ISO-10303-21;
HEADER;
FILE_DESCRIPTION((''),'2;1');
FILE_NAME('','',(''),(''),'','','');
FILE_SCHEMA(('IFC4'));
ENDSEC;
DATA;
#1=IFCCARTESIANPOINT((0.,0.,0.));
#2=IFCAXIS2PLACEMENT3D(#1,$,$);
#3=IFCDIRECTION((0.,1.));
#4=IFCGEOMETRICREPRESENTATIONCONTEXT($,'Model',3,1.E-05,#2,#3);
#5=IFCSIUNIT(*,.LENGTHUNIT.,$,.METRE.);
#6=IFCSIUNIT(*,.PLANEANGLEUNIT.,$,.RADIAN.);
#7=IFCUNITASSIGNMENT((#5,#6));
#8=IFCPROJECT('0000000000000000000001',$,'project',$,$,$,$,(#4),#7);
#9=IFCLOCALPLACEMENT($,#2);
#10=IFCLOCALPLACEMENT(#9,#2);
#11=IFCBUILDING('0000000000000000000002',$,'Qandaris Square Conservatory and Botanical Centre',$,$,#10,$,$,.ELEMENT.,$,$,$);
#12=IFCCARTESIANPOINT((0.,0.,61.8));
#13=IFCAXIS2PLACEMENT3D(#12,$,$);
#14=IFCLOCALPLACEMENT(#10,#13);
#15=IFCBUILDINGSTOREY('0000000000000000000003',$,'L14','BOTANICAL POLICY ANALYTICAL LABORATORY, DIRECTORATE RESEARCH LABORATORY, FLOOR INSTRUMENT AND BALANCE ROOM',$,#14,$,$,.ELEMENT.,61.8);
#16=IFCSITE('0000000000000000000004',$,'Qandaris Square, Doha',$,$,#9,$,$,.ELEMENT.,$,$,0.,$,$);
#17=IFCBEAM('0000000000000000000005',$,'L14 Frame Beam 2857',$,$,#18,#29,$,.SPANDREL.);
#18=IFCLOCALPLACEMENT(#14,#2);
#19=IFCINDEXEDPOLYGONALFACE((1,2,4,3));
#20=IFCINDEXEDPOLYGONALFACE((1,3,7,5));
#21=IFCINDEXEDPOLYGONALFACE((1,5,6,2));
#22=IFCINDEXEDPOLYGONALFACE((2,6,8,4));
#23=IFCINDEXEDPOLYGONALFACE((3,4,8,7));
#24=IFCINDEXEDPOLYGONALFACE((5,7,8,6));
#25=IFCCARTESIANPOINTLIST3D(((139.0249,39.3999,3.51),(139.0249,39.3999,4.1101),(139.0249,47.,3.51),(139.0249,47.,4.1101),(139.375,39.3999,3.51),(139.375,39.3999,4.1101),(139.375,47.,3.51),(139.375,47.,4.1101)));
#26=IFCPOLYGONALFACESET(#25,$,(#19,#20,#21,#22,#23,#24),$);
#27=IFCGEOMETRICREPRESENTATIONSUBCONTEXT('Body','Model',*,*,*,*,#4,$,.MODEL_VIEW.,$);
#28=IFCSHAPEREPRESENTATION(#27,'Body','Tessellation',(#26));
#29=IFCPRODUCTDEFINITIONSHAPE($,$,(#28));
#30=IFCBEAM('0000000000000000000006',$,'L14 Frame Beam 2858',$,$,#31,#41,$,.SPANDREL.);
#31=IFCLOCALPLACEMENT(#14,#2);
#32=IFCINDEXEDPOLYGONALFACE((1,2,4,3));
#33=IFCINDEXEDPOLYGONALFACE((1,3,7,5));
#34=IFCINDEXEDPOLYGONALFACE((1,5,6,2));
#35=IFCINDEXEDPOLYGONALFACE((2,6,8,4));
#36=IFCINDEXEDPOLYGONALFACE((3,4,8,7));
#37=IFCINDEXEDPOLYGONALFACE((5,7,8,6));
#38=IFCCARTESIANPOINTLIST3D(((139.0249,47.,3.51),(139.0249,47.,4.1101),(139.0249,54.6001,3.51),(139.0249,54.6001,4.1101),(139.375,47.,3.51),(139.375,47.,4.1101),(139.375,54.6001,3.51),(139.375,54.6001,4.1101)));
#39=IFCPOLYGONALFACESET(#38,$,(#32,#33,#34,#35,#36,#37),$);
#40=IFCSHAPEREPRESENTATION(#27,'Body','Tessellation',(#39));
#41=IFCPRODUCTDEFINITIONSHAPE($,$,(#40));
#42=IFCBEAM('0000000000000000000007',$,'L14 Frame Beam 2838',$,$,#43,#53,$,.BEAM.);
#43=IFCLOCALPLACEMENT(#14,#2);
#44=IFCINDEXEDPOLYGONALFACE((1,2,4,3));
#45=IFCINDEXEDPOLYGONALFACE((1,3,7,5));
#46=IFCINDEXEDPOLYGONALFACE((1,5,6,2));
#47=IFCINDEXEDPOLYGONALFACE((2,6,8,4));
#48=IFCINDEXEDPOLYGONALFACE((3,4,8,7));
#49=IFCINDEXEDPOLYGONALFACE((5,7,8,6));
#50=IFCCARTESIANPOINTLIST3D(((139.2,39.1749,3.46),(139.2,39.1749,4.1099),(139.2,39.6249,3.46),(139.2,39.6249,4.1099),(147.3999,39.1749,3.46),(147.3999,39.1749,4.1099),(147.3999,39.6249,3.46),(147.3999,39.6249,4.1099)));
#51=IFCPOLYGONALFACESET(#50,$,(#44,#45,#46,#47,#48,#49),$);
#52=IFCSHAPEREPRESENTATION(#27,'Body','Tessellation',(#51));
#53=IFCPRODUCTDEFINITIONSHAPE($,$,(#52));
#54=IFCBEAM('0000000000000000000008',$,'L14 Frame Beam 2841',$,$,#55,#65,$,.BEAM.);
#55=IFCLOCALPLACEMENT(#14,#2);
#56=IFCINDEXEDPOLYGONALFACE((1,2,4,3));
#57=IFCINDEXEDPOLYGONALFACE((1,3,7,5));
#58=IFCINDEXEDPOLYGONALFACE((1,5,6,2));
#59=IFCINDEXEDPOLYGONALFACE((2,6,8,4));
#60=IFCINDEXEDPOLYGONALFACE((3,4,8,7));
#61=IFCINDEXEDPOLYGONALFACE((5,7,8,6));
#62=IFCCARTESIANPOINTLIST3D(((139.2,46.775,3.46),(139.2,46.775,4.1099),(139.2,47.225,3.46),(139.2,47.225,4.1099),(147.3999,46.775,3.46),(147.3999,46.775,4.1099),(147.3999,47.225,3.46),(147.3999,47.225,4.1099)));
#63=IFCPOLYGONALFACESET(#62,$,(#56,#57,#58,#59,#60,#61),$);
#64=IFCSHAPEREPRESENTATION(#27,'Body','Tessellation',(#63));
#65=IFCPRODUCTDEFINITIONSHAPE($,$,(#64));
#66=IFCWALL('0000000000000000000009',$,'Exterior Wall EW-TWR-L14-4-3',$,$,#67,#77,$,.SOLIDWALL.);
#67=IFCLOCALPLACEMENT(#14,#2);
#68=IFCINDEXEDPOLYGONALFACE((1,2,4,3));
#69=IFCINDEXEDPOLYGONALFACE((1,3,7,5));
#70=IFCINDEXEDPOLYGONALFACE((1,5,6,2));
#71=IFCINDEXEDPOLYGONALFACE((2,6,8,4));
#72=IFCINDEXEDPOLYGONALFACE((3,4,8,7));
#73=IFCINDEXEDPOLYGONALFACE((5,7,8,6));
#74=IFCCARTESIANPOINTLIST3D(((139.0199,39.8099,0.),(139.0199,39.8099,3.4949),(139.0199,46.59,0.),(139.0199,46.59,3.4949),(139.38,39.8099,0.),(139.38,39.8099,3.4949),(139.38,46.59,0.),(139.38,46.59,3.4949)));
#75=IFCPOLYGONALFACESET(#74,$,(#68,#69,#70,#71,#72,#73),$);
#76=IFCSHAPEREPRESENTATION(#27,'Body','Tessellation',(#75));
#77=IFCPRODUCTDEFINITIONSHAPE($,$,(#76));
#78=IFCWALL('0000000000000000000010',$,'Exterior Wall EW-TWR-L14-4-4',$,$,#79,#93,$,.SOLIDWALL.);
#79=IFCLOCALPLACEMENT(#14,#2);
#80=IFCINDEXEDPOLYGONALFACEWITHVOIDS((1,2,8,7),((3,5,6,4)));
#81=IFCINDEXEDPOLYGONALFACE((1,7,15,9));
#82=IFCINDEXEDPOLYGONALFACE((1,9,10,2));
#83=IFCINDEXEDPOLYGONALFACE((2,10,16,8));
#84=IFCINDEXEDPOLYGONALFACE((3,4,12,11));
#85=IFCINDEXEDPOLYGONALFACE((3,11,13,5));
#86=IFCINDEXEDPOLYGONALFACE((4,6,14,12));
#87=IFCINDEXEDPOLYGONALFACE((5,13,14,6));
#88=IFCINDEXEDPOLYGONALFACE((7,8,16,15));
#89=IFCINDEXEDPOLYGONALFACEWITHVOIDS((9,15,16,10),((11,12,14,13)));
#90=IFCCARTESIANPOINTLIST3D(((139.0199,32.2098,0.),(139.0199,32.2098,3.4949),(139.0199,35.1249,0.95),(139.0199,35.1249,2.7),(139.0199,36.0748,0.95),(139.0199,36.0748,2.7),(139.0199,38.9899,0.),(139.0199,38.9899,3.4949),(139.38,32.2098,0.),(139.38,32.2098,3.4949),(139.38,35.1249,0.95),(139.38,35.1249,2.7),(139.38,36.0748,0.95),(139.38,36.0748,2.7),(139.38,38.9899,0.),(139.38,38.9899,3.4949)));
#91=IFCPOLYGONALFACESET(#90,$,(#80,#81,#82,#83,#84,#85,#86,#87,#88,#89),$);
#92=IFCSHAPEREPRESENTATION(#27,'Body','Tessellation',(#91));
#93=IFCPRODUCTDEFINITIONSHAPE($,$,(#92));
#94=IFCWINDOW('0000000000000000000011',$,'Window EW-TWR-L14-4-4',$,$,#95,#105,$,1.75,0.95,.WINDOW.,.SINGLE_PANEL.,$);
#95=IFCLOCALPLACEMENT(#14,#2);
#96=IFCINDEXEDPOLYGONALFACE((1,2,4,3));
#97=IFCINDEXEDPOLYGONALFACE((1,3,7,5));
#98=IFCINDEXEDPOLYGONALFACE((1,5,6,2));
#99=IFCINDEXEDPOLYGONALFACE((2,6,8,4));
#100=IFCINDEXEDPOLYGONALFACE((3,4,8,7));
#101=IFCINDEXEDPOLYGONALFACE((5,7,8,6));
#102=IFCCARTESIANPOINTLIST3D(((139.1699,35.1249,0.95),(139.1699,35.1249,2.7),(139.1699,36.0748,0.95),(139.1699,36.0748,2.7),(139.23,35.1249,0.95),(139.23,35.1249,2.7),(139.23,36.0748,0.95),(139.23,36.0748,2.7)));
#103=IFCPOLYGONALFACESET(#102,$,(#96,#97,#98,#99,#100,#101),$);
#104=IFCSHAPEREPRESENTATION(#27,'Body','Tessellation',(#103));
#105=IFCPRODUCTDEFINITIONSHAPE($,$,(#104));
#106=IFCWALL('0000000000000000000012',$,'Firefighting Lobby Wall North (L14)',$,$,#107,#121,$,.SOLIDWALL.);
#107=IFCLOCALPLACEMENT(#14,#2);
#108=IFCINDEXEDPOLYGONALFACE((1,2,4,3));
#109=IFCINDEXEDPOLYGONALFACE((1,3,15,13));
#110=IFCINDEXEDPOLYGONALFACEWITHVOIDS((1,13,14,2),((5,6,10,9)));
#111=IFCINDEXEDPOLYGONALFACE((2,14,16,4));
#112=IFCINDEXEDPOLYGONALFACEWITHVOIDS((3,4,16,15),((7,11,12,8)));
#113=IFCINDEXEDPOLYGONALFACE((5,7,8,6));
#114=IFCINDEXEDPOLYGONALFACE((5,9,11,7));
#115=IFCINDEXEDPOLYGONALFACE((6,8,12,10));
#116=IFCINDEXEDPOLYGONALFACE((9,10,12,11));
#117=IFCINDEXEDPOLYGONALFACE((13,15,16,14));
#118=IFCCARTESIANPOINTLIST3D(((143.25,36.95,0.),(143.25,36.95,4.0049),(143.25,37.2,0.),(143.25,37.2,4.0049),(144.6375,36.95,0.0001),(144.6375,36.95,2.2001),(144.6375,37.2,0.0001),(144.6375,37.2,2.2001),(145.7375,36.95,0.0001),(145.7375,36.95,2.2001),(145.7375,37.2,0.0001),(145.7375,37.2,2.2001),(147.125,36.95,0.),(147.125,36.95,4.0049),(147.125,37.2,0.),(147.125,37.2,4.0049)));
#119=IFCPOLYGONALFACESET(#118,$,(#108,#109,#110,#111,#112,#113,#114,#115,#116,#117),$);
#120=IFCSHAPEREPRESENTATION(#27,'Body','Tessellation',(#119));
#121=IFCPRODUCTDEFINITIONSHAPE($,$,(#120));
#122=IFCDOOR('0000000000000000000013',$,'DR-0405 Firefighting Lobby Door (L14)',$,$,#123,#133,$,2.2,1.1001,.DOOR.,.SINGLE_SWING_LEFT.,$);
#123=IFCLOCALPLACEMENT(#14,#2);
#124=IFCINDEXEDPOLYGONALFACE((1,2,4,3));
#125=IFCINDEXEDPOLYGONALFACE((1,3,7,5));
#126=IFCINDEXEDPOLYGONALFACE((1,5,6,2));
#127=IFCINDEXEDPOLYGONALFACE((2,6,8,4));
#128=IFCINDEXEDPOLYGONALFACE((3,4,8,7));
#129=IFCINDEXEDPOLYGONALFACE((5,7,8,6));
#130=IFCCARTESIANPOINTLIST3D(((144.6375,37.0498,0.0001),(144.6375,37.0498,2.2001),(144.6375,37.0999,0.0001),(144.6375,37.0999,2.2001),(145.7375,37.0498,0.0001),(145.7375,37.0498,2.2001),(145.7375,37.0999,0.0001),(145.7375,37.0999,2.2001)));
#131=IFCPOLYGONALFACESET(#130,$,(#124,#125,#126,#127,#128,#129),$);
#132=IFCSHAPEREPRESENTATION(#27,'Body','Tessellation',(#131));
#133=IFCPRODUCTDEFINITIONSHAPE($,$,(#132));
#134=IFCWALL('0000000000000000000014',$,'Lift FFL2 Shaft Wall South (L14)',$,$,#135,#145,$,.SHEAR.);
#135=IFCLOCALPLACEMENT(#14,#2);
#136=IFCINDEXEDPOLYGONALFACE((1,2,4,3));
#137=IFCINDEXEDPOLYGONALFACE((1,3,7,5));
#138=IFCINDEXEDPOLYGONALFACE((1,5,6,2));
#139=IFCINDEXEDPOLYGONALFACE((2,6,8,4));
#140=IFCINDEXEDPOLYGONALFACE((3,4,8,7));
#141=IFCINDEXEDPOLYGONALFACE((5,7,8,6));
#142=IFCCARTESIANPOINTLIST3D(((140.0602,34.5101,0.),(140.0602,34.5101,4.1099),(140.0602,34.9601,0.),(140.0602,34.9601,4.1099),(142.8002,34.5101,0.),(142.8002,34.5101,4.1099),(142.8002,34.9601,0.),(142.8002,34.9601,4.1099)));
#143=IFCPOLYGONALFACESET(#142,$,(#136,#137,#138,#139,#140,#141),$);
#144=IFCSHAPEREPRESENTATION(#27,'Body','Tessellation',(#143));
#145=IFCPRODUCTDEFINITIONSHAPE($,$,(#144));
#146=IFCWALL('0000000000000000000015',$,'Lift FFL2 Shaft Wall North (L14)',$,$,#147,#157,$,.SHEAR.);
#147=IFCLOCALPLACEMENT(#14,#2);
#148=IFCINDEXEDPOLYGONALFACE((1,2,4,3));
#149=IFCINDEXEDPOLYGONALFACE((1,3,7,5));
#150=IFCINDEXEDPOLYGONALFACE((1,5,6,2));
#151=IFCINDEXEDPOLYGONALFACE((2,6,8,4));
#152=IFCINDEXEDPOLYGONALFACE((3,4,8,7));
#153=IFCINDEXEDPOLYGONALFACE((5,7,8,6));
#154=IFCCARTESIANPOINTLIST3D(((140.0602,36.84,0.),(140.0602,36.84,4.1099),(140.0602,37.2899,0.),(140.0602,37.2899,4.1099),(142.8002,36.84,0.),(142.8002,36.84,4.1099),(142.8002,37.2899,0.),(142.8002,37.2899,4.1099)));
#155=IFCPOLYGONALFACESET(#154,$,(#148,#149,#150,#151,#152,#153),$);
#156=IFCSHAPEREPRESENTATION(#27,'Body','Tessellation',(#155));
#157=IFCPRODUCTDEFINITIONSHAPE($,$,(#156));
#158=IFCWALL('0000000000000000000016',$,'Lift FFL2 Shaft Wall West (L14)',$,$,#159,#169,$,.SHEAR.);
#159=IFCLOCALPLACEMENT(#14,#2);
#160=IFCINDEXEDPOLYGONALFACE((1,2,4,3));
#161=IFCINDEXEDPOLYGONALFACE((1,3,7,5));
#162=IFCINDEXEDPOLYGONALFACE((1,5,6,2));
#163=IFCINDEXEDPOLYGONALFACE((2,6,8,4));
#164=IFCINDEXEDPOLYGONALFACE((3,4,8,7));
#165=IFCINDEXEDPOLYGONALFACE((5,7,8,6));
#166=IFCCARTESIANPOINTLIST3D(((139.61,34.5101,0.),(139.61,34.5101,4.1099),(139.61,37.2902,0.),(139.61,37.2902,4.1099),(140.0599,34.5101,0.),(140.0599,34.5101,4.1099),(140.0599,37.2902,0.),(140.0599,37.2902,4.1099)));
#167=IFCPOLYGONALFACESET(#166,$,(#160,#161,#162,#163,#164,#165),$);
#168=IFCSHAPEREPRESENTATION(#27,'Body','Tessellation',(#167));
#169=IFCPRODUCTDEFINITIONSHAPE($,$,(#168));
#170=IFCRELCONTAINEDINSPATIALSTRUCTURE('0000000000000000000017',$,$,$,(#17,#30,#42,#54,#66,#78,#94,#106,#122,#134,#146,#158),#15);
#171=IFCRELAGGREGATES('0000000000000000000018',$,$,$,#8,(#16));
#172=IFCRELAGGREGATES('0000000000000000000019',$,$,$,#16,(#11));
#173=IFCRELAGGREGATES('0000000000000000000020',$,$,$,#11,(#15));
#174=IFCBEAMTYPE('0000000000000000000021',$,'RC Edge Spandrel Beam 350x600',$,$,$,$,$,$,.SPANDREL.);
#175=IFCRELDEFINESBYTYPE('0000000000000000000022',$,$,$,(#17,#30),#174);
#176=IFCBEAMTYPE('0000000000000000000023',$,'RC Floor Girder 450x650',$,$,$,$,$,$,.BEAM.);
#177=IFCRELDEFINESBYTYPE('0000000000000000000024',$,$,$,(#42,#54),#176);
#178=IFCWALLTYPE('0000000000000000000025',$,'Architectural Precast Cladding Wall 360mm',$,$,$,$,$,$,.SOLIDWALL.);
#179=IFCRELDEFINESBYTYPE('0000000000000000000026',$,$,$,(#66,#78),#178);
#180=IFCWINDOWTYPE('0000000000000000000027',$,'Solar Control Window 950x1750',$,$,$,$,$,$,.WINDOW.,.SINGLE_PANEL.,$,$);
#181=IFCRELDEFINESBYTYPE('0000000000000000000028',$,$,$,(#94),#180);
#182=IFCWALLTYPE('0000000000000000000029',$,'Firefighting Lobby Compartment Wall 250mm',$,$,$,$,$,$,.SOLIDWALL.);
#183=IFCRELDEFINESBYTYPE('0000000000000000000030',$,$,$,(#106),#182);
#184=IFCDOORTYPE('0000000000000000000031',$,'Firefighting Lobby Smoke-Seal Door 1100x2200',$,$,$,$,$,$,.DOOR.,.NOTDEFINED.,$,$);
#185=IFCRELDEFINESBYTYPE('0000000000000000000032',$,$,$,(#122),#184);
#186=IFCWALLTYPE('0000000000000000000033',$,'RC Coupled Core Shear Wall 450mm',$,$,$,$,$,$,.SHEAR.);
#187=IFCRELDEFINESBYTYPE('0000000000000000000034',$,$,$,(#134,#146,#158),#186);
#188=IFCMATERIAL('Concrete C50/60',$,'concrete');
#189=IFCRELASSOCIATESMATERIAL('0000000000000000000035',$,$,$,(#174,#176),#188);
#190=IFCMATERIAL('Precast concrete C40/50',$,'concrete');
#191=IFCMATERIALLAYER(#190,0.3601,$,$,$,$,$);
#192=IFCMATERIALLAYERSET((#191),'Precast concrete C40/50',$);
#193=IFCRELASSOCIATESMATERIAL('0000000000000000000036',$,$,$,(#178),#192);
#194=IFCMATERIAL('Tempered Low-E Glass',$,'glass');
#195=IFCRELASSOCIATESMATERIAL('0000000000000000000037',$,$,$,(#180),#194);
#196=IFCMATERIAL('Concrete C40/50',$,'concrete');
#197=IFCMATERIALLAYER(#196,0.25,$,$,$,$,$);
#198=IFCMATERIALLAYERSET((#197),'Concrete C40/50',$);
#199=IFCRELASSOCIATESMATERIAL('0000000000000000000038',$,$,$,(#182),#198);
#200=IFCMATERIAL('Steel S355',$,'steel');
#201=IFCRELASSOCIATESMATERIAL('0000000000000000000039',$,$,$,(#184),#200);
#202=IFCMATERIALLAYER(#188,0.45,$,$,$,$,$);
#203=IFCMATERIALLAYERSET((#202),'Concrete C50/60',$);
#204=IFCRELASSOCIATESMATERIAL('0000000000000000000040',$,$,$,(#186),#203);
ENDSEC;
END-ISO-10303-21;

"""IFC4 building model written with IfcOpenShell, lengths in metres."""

from ifc_helpers import new_model, si_unit, direction, frame, frame_2d, origin, origin_2d, place, context, subcontext, project, spatial, rectangle, extrude, material, layer, layer_set, material_profile, profile_set, type_object, element, fill, save


model = new_model("IFC4")

# Units and contexts
model_context = context("Model", 3, precision=1e-05, world=origin(), true_north=direction((0.0, 1.0)))
body_context = subcontext(model_context, "Body", "Model", "MODEL_VIEW")
ifc_project = project(units=[si_unit("LENGTHUNIT", "METRE"), si_unit("PLANEANGLEUNIT", "RADIAN")], contexts=[model_context])

# Site, building, storey
site_placement = place(None, origin())
site = spatial("IfcSite", under=ifc_project, at=site_placement, Name="Qandaris Square, Doha", CompositionType="ELEMENT", RefElevation=0.0)
building_placement = place(site_placement, origin())
building = spatial("IfcBuilding", under=site, at=building_placement, Name="Qandaris Square Conservatory and Botanical Centre", CompositionType="ELEMENT")
storey_placement = place(building_placement, frame((0.0, 0.0, 61.8)))
storey = spatial("IfcBuildingStorey", under=building, at=storey_placement, Name="L14", Description="BOTANICAL POLICY ANALYTICAL LABORATORY, DIRECTORATE RESEARCH LABORATORY, FLOOR INSTRUMENT AND BALANCE ROOM", CompositionType="ELEMENT", Elevation=61.8)

# Beams
ifc_material_1 = material(Name="Concrete C50/60", Category="concrete")
ifc_material_profile_1 = material_profile(ifc_material_1, rectangle(XDim=0.3501, YDim=0.6001, at=origin_2d()), Name="RC-SP 350x600")
ifc_profile_set_1 = profile_set([ifc_material_profile_1], Name="Concrete C50/60")
beam_type_1 = type_object("IfcBeamType", Name="RC Edge Spandrel Beam 350x600", PredefinedType="SPANDREL", material=ifc_profile_set_1)
for number, where, z_axis, x_axis, name in (
    (1, (139.2, 39.3999, 3.8101), (0.0, 1.0, 0.0), (-1.0, 0.0, 0.0), "L14 Frame Beam 2857"),
    (2, (139.2, 47.0, 3.8101), (0.0, 1.0, 0.0), (-1.0, 0.0, 0.0), "L14 Frame Beam 2858"),
):
    element("IfcBeam", number, at=place(storey_placement, frame(where, z_axis=z_axis, x_axis=x_axis)), inside=storey, type_object=beam_type_1, Name=name, PredefinedType="SPANDREL", context=body_context, shape_type="SweptSolid", body=[
        extrude(rectangle(XDim=0.3501, YDim=0.6001, at=origin_2d()), origin(), (0.0, 0.0, 1.0), 7.6001),
    ])
ifc_material_profile_2 = material_profile(ifc_material_1, rectangle(XDim=0.45, YDim=0.6499, at=origin_2d()), Name="RC-BM 450x650")
ifc_profile_set_2 = profile_set([ifc_material_profile_2], Name="Concrete C50/60")
beam_type_2 = type_object("IfcBeamType", Name="RC Floor Girder 450x650", PredefinedType="BEAM", material=ifc_profile_set_2)
for number, where, z_axis, x_axis, name in (
    (3, (139.2, 39.3999, 3.7849), (1.0, 0.0, 0.0), (0.0, 1.0, 0.0), "L14 Frame Beam 2838"),
    (4, (139.2, 47.0, 3.7849), (1.0, 0.0, 0.0), (0.0, 1.0, 0.0), "L14 Frame Beam 2841"),
):
    element("IfcBeam", number, at=place(storey_placement, frame(where, z_axis=z_axis, x_axis=x_axis)), inside=storey, type_object=beam_type_2, Name=name, PredefinedType="BEAM", context=body_context, shape_type="SweptSolid", body=[
        extrude(rectangle(XDim=0.45, YDim=0.6499, at=origin_2d()), origin(), (0.0, 0.0, 1.0), 8.2),
    ])

# Wall
ifc_material_2 = material(Name="Precast concrete C40/50", Category="concrete")
ifc_layer_1 = layer(ifc_material_2, 0.3601)
ifc_layer_set_1 = layer_set([ifc_layer_1], Name="Precast concrete C40/50")
wall_type_1 = type_object("IfcWallType", Name="Architectural Precast Cladding Wall 360mm", PredefinedType="SOLIDWALL", material=ifc_layer_set_1)
wall_1_placement = place(storey_placement, frame((139.2, 46.5901, 0.0), z_axis=(0.0, 0.0, 1.0), x_axis=(0.0, -1.0, 0.0)))
element("IfcWall", 5, at=wall_1_placement, inside=storey, type_object=wall_type_1, Name="Exterior Wall EW-TWR-L14-4-3", PredefinedType="SOLIDWALL", context=body_context, shape_type="SweptSolid", body=[
    extrude(rectangle(XDim=6.78, YDim=0.3601, at=frame_2d((3.3901, 0.0))), origin(), (0.0, 0.0, 1.0), 3.4949),
])

# Wall, opening, window
wall_2_placement = place(storey_placement, frame((139.2, 38.99, 0.0), z_axis=(0.0, 0.0, 1.0), x_axis=(0.0, -1.0, 0.0)))
wall_2 = element("IfcWall", 6, at=wall_2_placement, inside=storey, type_object=wall_type_1, Name="Exterior Wall EW-TWR-L14-4-4", PredefinedType="SOLIDWALL", context=body_context, shape_type="SweptSolid", body=[
    extrude(rectangle(XDim=6.78, YDim=0.3601, at=frame_2d((3.3901, 0.0))), origin(), (0.0, 0.0, 1.0), 3.4949),
])
opening_1_placement = place(wall_2_placement, frame((2.915, 0.0, 0.95)))
opening_1 = element("IfcOpeningElement", 7, at=opening_1_placement, cuts=wall_2, PredefinedType="OPENING", context=body_context, shape_type="SweptSolid", body=[
    extrude(rectangle(XDim=0.95, YDim=1.75, at=frame_2d((0.4751, 0.875))), frame((0.0, 0.1919, 0.0), z_axis=(0.0, -1.0, 0.0), x_axis=(1.0, 0.0, 0.0)), (0.0, 0.0, 1.0), 0.384),
])
ifc_material_3 = material(Name="Tempered Low-E Glass", Category="glass")
window_type = type_object("IfcWindowType", Name="Solar Control Window 950x1750", PartitioningType="SINGLE_PANEL", PredefinedType="WINDOW", material=ifc_material_3)
window_placement = place(opening_1_placement, origin())
window = element("IfcWindow", 8, at=window_placement, inside=storey, type_object=window_type, Name="Window EW-TWR-L14-4-4", OverallHeight=1.75, OverallWidth=0.95, PartitioningType="SINGLE_PANEL", PredefinedType="WINDOW", context=body_context, shape_type="SweptSolid", body=[
    extrude(rectangle(XDim=0.95, YDim=1.75, at=frame_2d((0.4751, 0.875))), frame((0.0, 0.03, 0.0), z_axis=(0.0, -1.0, 0.0), x_axis=(1.0, 0.0, 0.0)), (0.0, 0.0, 1.0), 0.0601),
])
fill(opening_1, window)

# Wall, opening, door
ifc_material_4 = material(Name="Concrete C40/50", Category="concrete")
ifc_layer_2 = layer(ifc_material_4, 0.25)
ifc_layer_set_2 = layer_set([ifc_layer_2], Name="Concrete C40/50")
wall_type_2 = type_object("IfcWallType", Name="Firefighting Lobby Compartment Wall 250mm", PredefinedType="SOLIDWALL", material=ifc_layer_set_2)
wall_3_placement = place(storey_placement, frame((143.25, 37.075, 0.0), z_axis=(0.0, 0.0, 1.0), x_axis=(1.0, 0.0, 0.0)))
wall_3 = element("IfcWall", 9, at=wall_3_placement, inside=storey, type_object=wall_type_2, Name="Firefighting Lobby Wall North (L14)", PredefinedType="SOLIDWALL", context=body_context, shape_type="SweptSolid", body=[
    extrude(rectangle(XDim=3.875, YDim=0.25, at=frame_2d((1.9375, 0.0))), origin(), (0.0, 0.0, 1.0), 4.0049),
])
opening_2_placement = place(wall_3_placement, frame((1.3875, 0.0, 0.0)))
opening_2 = element("IfcOpeningElement", 10, at=opening_2_placement, cuts=wall_3, PredefinedType="OPENING", context=body_context, shape_type="SweptSolid", body=[
    extrude(rectangle(XDim=1.1001, YDim=2.2, at=frame_2d((0.55, 1.1001))), frame((0.0, 0.137, 0.0), z_axis=(0.0, -1.0, 0.0), x_axis=(1.0, 0.0, 0.0)), (0.0, 0.0, 1.0), 0.2739),
])
ifc_material_5 = material(Name="Steel S355", Category="steel")
door_type_1 = type_object("IfcDoorType", Name="Firefighting Lobby Smoke-Seal Door 1100x2200", OperationType="NOTDEFINED", PredefinedType="DOOR", material=ifc_material_5)
door_1_placement = place(opening_2_placement, origin())
door_1 = element("IfcDoor", 11, at=door_1_placement, inside=storey, type_object=door_type_1, Name="DR-0405 Firefighting Lobby Door (L14)", OperationType="SINGLE_SWING_LEFT", OverallHeight=2.2, OverallWidth=1.1001, PredefinedType="DOOR", context=body_context, shape_type="SweptSolid", body=[
    extrude(rectangle(XDim=1.1001, YDim=2.2, at=frame_2d((0.55, 1.1001))), frame((0.0, 0.0249, 0.0), z_axis=(0.0, -1.0, 0.0), x_axis=(1.0, 0.0, 0.0)), (0.0, 0.0, 1.0), 0.05),
])
fill(opening_2, door_1)

# Walls
ifc_layer_3 = layer(ifc_material_1, 0.45)
ifc_layer_set_3 = layer_set([ifc_layer_3], Name="Concrete C50/60")
wall_type_3 = type_object("IfcWallType", Name="RC Coupled Core Shear Wall 450mm", PredefinedType="SHEAR", material=ifc_layer_set_3)
for number, where, z_axis, x_axis, name in (
    (12, (140.0601, 34.7351, 0.0), (0.0, 0.0, 1.0), (1.0, 0.0, 0.0), "Lift FFL2 Shaft Wall South (L14)"),
    (13, (140.0601, 37.0649, 0.0), (0.0, 0.0, 1.0), (1.0, 0.0, 0.0), "Lift FFL2 Shaft Wall North (L14)"),
):
    element("IfcWall", number, at=place(storey_placement, frame(where, z_axis=z_axis, x_axis=x_axis)), inside=storey, type_object=wall_type_3, Name=name, PredefinedType="SHEAR", context=body_context, shape_type="SweptSolid", body=[
        extrude(rectangle(XDim=2.74, YDim=0.45, at=frame_2d((1.3701, 0.0))), origin(), (0.0, 0.0, 1.0), 4.1099),
    ])
wall_4_placement = place(storey_placement, frame((139.835, 34.51, 0.0), z_axis=(0.0, 0.0, 1.0), x_axis=(0.0, 1.0, 0.0)))
element("IfcWall", 14, at=wall_4_placement, inside=storey, type_object=wall_type_3, Name="Lift FFL2 Shaft Wall West (L14)", PredefinedType="SHEAR", context=body_context, shape_type="SweptSolid", body=[
    extrude(rectangle(XDim=2.78, YDim=0.45, at=frame_2d((1.3901, 0.0))), origin(), (0.0, 0.0, 1.0), 4.1099),
])

save(model, "model.ifc")
